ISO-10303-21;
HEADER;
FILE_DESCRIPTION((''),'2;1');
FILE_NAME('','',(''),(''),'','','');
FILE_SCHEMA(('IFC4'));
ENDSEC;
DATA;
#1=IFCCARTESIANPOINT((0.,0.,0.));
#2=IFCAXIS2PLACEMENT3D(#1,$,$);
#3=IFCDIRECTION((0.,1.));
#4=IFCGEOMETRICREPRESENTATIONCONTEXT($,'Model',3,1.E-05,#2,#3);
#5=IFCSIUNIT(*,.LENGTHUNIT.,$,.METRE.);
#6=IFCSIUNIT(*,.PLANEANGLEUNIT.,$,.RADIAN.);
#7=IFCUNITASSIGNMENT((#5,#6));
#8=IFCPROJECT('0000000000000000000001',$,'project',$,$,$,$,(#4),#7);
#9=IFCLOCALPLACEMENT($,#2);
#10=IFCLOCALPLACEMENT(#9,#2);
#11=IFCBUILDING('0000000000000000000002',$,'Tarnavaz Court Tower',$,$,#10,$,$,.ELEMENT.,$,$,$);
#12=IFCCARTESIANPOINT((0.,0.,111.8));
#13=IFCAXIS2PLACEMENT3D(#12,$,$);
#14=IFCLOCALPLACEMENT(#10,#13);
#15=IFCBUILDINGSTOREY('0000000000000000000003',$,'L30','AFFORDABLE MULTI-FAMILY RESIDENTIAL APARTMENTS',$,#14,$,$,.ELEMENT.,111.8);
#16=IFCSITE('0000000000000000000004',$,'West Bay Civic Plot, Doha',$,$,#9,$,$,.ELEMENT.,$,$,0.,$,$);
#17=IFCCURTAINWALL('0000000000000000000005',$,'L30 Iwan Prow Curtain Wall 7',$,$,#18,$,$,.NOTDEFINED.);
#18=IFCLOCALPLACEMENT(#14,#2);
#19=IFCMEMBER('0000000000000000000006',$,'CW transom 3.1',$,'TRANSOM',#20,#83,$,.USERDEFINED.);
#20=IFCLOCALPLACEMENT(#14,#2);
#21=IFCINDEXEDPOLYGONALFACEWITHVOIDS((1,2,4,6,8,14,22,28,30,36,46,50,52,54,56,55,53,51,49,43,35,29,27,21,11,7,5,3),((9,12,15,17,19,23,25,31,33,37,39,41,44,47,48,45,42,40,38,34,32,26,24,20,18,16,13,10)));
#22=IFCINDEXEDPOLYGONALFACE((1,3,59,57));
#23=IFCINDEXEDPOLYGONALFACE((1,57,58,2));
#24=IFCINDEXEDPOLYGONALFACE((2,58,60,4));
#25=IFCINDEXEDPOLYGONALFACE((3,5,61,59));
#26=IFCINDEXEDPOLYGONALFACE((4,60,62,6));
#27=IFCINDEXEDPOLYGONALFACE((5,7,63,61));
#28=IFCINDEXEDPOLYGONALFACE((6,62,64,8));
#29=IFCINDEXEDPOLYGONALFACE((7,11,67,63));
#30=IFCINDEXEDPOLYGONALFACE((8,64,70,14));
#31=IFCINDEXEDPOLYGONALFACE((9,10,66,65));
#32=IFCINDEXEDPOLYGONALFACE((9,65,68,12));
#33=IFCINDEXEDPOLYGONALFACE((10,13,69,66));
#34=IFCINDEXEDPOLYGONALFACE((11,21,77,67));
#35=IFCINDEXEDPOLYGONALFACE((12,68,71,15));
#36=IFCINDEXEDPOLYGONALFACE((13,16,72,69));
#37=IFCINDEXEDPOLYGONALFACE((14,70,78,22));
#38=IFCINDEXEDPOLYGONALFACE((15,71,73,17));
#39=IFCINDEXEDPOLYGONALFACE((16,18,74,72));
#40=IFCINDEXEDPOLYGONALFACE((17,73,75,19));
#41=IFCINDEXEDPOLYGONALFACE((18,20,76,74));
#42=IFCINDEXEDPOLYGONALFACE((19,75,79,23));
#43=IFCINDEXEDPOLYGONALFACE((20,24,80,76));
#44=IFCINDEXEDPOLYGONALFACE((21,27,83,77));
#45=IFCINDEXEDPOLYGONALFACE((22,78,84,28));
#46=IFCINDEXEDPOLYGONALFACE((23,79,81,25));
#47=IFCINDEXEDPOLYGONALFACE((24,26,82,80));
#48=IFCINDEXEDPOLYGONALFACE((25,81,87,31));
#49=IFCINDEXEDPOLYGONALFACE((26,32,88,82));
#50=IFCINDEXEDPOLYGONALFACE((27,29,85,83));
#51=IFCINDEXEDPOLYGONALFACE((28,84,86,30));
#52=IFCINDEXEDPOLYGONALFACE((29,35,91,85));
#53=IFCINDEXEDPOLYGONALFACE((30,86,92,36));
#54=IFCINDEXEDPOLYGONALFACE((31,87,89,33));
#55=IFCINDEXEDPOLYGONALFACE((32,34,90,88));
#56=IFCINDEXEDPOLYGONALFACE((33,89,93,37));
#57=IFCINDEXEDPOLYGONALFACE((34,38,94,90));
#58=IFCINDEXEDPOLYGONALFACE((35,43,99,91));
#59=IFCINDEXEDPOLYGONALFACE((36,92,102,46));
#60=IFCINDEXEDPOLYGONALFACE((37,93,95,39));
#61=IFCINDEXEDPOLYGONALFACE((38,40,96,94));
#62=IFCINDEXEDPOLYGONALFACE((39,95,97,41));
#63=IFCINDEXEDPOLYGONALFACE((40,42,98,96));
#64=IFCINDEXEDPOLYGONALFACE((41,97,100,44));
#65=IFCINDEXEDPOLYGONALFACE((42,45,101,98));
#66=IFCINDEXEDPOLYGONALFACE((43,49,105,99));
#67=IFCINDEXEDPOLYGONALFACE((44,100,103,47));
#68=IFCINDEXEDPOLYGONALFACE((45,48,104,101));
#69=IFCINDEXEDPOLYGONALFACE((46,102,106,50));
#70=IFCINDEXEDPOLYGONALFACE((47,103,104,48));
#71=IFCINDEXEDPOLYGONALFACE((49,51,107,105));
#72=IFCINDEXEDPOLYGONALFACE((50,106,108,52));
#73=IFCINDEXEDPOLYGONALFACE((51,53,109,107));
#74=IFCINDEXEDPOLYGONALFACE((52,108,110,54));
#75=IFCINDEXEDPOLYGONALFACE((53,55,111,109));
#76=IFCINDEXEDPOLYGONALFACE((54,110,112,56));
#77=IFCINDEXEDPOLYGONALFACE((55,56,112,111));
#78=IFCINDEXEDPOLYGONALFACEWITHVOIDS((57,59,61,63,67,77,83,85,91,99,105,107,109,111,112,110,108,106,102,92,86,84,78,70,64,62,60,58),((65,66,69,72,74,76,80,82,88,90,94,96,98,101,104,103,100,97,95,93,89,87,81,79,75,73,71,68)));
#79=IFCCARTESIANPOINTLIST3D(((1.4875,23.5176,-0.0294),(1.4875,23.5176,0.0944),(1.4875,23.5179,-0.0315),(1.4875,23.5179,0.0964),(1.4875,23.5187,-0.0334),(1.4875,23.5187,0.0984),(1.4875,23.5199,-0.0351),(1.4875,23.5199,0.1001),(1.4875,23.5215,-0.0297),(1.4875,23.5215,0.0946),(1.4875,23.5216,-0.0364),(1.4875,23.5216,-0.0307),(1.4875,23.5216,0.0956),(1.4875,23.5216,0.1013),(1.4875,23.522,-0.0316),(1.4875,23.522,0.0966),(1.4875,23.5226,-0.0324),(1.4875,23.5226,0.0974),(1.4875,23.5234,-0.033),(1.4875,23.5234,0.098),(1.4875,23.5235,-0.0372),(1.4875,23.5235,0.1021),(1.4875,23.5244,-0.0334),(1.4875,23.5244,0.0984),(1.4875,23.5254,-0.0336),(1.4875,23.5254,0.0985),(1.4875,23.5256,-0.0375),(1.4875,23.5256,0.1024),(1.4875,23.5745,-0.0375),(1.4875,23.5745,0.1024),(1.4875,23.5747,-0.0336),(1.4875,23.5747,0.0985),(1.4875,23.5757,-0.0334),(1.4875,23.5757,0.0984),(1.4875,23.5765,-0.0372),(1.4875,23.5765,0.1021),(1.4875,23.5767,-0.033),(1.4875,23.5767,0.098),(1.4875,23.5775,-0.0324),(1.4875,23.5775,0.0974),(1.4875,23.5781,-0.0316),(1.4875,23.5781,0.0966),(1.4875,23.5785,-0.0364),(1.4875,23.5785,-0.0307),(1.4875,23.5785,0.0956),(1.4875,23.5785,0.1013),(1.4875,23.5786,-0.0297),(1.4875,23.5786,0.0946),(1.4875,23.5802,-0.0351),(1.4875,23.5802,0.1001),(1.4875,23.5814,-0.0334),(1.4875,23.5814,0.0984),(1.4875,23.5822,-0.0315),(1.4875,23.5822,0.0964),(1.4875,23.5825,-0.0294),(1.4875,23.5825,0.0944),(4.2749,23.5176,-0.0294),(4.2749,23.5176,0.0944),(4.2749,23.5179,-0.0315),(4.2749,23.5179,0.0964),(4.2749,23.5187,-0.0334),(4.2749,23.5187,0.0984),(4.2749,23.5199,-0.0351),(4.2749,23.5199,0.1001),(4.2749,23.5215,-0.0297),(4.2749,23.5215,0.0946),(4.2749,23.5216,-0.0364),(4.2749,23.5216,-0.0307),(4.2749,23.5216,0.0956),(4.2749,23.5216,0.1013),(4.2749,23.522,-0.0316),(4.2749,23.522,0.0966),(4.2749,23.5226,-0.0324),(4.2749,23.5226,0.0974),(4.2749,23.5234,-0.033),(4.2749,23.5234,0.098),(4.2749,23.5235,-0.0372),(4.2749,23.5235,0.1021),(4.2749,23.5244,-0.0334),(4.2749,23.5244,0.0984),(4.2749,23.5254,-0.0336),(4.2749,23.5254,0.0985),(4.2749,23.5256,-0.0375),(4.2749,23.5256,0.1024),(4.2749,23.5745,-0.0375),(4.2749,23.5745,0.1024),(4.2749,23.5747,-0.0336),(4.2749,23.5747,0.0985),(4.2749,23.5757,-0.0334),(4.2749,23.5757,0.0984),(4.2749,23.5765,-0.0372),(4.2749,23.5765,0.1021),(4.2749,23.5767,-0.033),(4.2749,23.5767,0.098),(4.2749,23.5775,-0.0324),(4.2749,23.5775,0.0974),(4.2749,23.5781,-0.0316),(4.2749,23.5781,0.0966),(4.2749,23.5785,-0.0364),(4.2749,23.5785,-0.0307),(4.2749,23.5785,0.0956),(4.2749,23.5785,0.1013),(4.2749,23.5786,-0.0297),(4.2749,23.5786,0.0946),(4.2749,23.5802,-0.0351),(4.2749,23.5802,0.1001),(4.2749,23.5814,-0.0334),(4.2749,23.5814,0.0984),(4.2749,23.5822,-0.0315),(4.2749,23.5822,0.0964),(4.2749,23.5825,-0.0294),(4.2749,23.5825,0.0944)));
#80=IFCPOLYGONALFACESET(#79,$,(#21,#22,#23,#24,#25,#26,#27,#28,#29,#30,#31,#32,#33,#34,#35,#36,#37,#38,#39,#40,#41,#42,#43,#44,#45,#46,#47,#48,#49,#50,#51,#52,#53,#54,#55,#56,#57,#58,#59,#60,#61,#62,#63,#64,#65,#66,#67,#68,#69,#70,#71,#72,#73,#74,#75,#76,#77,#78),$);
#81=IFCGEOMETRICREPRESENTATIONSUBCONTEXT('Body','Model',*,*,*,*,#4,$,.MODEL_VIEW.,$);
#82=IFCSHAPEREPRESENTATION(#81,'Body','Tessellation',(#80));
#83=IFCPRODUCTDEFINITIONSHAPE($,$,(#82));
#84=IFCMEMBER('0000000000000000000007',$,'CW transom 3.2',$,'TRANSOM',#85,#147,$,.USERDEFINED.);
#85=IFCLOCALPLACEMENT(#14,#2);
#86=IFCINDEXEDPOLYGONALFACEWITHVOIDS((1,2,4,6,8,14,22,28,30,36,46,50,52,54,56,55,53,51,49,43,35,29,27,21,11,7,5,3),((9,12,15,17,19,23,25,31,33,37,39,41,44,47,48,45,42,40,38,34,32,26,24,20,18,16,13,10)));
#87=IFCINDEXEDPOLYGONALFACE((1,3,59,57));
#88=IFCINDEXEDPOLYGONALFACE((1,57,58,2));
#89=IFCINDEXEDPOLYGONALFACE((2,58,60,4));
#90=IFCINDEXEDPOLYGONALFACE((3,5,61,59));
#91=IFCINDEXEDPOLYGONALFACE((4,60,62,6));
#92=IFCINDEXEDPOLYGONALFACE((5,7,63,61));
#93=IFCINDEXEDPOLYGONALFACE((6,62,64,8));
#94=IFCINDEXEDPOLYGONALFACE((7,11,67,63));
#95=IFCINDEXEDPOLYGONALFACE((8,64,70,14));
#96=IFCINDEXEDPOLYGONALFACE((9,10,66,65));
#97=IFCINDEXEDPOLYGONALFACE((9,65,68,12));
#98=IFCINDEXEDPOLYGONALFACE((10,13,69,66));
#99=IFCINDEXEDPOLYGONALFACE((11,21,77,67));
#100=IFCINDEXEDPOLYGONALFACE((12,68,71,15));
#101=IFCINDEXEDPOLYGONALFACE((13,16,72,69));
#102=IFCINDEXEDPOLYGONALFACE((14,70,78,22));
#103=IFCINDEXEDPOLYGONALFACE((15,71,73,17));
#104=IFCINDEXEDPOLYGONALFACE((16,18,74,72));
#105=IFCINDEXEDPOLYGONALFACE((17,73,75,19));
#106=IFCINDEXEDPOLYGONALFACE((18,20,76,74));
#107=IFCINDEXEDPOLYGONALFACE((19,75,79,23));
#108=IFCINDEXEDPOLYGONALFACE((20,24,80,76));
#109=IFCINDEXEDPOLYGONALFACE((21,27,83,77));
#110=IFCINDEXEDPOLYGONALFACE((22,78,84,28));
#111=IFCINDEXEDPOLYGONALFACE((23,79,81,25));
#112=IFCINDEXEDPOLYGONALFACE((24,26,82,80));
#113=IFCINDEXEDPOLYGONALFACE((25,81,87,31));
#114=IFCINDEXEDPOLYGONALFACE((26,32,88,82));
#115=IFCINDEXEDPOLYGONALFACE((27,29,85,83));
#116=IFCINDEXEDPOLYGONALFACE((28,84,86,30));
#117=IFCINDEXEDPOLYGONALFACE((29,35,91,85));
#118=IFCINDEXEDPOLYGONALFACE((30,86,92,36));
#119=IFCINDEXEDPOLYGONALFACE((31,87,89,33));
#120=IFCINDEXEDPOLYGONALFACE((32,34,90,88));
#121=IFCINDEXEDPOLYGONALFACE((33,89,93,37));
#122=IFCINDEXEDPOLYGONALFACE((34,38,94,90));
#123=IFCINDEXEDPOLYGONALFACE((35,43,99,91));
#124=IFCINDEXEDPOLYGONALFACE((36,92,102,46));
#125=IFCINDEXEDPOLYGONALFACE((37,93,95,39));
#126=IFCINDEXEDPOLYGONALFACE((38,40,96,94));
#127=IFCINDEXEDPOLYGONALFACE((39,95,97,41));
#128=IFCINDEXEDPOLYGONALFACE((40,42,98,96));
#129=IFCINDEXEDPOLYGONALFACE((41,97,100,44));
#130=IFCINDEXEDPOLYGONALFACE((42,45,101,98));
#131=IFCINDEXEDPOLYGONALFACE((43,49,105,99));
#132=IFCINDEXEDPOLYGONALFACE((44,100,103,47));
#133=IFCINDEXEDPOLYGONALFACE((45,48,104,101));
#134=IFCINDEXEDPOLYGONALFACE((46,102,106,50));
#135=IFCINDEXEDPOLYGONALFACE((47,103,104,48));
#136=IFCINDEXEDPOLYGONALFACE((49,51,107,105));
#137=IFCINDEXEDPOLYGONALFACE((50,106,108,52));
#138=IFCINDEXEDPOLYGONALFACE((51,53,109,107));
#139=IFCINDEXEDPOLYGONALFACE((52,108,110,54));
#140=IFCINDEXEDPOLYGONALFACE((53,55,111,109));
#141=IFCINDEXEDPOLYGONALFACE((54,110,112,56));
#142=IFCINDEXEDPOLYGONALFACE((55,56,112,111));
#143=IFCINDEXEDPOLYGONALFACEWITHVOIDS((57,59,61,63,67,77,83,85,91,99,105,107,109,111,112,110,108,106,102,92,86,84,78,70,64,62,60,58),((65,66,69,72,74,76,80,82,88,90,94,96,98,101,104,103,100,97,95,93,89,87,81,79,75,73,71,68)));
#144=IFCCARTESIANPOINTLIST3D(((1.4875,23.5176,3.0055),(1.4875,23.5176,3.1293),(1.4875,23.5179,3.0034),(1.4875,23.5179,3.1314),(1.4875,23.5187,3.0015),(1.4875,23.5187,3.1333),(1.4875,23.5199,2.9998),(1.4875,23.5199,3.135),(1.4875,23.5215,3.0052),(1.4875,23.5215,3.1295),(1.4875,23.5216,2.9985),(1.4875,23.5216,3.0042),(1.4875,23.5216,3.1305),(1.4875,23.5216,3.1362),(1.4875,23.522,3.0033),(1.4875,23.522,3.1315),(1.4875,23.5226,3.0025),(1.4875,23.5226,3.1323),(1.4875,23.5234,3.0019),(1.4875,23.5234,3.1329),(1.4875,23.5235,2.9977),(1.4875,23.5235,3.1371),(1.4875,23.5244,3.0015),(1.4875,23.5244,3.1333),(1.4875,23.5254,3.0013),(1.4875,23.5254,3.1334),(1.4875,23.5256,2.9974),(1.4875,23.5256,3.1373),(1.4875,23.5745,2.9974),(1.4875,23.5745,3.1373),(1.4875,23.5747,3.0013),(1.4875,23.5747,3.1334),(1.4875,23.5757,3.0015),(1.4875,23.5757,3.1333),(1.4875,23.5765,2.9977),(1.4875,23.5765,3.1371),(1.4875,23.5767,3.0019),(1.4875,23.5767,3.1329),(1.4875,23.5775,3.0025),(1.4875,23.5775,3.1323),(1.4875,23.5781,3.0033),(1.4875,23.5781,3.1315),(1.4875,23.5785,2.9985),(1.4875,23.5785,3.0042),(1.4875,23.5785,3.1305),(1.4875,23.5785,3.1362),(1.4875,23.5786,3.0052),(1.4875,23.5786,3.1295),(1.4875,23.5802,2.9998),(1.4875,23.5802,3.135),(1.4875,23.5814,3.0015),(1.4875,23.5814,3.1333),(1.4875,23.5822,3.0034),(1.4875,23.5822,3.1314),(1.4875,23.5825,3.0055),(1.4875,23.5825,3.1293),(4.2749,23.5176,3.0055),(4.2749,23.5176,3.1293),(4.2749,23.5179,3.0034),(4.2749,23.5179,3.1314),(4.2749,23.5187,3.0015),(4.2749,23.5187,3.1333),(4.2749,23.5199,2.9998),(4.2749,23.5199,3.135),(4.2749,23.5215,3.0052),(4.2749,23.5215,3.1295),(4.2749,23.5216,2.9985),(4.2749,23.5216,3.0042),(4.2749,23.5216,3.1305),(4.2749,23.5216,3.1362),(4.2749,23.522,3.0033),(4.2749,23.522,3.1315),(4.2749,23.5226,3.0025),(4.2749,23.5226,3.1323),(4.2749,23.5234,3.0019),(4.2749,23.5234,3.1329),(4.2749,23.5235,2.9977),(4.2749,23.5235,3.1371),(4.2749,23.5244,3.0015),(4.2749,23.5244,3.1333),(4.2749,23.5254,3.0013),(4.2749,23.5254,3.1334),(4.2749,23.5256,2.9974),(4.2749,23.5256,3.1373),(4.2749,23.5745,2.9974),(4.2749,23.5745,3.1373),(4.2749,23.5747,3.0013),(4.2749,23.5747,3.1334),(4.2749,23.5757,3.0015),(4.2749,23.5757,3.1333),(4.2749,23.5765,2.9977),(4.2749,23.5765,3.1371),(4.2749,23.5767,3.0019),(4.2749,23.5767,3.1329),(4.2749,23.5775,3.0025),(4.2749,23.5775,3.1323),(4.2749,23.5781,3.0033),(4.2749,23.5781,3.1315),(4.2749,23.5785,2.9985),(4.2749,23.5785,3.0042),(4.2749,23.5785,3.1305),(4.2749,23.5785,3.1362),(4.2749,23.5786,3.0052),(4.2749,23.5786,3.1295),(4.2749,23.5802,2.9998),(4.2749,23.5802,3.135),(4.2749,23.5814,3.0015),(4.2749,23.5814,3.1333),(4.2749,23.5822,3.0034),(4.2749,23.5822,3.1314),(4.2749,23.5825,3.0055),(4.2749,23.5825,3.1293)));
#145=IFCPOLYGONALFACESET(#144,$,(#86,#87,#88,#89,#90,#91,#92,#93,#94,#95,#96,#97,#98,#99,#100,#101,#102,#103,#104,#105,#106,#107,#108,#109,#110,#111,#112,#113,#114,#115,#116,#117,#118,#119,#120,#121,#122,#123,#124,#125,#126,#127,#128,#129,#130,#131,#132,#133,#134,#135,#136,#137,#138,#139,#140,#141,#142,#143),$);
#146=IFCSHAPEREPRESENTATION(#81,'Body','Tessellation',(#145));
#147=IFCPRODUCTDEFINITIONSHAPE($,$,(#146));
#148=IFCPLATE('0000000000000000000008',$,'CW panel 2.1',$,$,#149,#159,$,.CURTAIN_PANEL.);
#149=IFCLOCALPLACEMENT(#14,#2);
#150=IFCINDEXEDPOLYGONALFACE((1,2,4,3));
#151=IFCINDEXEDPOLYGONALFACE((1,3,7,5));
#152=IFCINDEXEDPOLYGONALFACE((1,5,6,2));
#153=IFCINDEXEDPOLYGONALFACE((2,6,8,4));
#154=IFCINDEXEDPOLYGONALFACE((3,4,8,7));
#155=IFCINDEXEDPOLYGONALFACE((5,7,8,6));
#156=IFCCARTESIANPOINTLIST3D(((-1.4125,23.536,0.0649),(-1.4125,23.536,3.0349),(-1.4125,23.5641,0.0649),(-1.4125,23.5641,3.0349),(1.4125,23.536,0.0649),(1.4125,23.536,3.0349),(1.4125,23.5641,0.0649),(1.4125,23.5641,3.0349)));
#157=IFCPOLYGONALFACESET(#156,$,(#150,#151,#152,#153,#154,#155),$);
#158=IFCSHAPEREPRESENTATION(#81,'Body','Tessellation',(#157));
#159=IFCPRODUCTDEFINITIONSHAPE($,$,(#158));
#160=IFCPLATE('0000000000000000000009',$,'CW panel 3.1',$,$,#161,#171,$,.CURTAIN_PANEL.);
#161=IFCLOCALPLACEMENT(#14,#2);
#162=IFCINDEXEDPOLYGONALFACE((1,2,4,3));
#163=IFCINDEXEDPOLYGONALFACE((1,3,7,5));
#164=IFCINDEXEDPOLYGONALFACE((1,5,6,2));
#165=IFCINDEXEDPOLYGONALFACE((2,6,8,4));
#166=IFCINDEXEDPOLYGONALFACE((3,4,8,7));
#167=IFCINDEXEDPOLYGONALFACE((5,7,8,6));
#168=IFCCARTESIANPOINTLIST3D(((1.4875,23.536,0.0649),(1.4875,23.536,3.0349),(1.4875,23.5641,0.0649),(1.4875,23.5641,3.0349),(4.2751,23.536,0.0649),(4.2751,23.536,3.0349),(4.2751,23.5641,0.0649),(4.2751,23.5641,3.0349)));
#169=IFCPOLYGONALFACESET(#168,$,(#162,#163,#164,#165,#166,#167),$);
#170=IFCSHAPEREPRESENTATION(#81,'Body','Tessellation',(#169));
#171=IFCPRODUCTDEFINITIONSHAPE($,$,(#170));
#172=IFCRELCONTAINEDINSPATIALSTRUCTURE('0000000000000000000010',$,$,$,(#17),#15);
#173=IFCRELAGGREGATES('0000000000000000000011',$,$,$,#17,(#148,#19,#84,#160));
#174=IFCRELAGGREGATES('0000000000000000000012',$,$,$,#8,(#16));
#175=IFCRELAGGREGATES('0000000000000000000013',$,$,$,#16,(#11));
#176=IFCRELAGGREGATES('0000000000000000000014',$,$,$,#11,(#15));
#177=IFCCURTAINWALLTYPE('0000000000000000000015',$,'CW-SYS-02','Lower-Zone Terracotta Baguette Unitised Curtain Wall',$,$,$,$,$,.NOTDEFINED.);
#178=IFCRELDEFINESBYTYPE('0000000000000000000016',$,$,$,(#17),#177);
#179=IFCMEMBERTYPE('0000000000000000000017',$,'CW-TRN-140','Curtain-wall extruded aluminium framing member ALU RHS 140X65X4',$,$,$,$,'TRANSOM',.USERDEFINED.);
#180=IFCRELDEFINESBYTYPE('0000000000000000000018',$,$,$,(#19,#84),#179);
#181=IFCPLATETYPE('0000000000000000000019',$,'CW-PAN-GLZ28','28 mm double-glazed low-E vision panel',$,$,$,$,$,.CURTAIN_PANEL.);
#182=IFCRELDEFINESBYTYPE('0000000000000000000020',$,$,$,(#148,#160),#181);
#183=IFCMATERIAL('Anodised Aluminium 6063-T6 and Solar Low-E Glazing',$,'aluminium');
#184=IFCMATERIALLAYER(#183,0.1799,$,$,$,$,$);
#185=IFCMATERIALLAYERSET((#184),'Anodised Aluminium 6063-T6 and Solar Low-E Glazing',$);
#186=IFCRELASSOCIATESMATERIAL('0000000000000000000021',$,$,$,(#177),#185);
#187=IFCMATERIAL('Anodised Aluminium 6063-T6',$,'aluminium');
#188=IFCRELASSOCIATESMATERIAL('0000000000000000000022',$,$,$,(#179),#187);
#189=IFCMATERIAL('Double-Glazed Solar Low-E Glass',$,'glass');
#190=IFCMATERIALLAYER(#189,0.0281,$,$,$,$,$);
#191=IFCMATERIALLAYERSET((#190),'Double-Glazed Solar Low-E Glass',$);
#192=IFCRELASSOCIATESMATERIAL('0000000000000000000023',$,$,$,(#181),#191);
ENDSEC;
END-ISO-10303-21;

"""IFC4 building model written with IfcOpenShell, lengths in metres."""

from ifc_helpers import new_model, si_unit, direction, frame, origin, origin_2d, place, context, subcontext, project, spatial, rectangle, hollow_rectangle, extrude, material, layer, layer_set, material_profile, profile_set, type_object, element, aggregate, save


model = new_model("IFC4")

# Units and contexts
model_context = context("Model", 3, precision=1e-05, world=origin(), true_north=direction((0.0, 1.0)))
body_context = subcontext(model_context, "Body", "Model", "MODEL_VIEW")
ifc_project = project(units=[si_unit("LENGTHUNIT", "METRE"), si_unit("PLANEANGLEUNIT", "RADIAN")], contexts=[model_context])

# Site, building, storey
site_placement = place(None, origin())
site = spatial("IfcSite", under=ifc_project, at=site_placement, Name="West Bay Civic Plot, Doha", CompositionType="ELEMENT", RefElevation=0.0)
building_placement = place(site_placement, origin())
building = spatial("IfcBuilding", under=site, at=building_placement, Name="Tarnavaz Court Tower", CompositionType="ELEMENT")
storey_placement = place(building_placement, frame((0.0, 0.0, 111.8)))
storey = spatial("IfcBuildingStorey", under=building, at=storey_placement, Name="L30", Description="AFFORDABLE MULTI-FAMILY RESIDENTIAL APARTMENTS", CompositionType="ELEMENT", Elevation=111.8)

# Curtain wall, members, plates
ifc_material_1 = material(Name="Anodised Aluminium 6063-T6 and Solar Low-E Glazing", Category="aluminium")
ifc_layer_1 = layer(ifc_material_1, 0.1799)
ifc_layer_set_1 = layer_set([ifc_layer_1], Name="Anodised Aluminium 6063-T6 and Solar Low-E Glazing")
curtain_wall_type = type_object("IfcCurtainWallType", Name="CW-SYS-02", Description="Lower-Zone Terracotta Baguette Unitised Curtain Wall", PredefinedType="NOTDEFINED", material=ifc_layer_set_1)
curtain_wall_placement = place(storey_placement, origin())
curtain_wall = element("IfcCurtainWall", 1, at=curtain_wall_placement, inside=storey, type_object=curtain_wall_type, Name="L30 Iwan Prow Curtain Wall 7", PredefinedType="NOTDEFINED")
ifc_material_2 = material(Name="Anodised Aluminium 6063-T6", Category="aluminium")
ifc_material_profile_1 = material_profile(ifc_material_2, hollow_rectangle(XDim=0.0649, YDim=0.1399, WallThickness=0.0039, InnerFilletRadius=0.0039, OuterFilletRadius=0.0081, at=origin_2d()), Name="ALU RHS 140X65X4")
ifc_profile_set_1 = profile_set([ifc_material_profile_1], Name="Anodised Aluminium 6063-T6")
member_type_1 = type_object("IfcMemberType", Name="CW-TRN-140", Description="Curtain-wall extruded aluminium framing member ALU RHS 140X65X4", ElementType="TRANSOM", PredefinedType="USERDEFINED", material=ifc_profile_set_1)
member_1_placement = place(storey_placement, frame((1.4875, 23.55, 0.0325), z_axis=(1.0, 0.0, 0.0), x_axis=(0.0, 1.0, 0.0)))
member_1 = element("IfcMember", 2, at=member_1_placement, type_object=member_type_1, Name="CW transom 3.1", ObjectType="TRANSOM", PredefinedType="USERDEFINED", context=body_context, shape_type="SweptSolid", body=[
    extrude(hollow_rectangle(XDim=0.0649, YDim=0.1399, WallThickness=0.0039, InnerFilletRadius=0.0039, OuterFilletRadius=0.0081, at=origin_2d()), origin(), (0.0, 0.0, 1.0), 2.7874),
])
member_2_placement = place(storey_placement, frame((1.4875, 23.55, 3.0674), z_axis=(1.0, 0.0, 0.0), x_axis=(0.0, 1.0, 0.0)))
member_2 = element("IfcMember", 3, at=member_2_placement, type_object=member_type_1, Name="CW transom 3.2", ObjectType="TRANSOM", PredefinedType="USERDEFINED", context=body_context, shape_type="SweptSolid", body=[
    extrude(hollow_rectangle(XDim=0.0649, YDim=0.1399, WallThickness=0.0039, InnerFilletRadius=0.0039, OuterFilletRadius=0.0081, at=origin_2d()), origin(), (0.0, 0.0, 1.0), 2.7874),
])
ifc_material_3 = material(Name="Double-Glazed Solar Low-E Glass", Category="glass")
ifc_layer_2 = layer(ifc_material_3, 0.0281)
ifc_layer_set_2 = layer_set([ifc_layer_2], Name="Double-Glazed Solar Low-E Glass")
plate_type = type_object("IfcPlateType", Name="CW-PAN-GLZ28", Description="28 mm double-glazed low-E vision panel", PredefinedType="CURTAIN_PANEL", material=ifc_layer_set_2)
plate_1_placement = place(storey_placement, frame((0.0, 23.55, 0.0649), z_axis=(0.0, 0.0, 1.0), x_axis=(1.0, 0.0, 0.0)))
plate_1 = element("IfcPlate", 4, at=plate_1_placement, type_object=plate_type, Name="CW panel 2.1", PredefinedType="CURTAIN_PANEL", context=body_context, shape_type="SweptSolid", body=[
    extrude(rectangle(XDim=2.825, YDim=0.0281, at=origin_2d()), origin(), (0.0, 0.0, 1.0), 2.97),
])
plate_2_placement = place(storey_placement, frame((2.8813, 23.55, 0.0649), z_axis=(0.0, 0.0, 1.0), x_axis=(1.0, 0.0, 0.0)))
plate_2 = element("IfcPlate", 5, at=plate_2_placement, type_object=plate_type, Name="CW panel 3.1", PredefinedType="CURTAIN_PANEL", context=body_context, shape_type="SweptSolid", body=[
    extrude(rectangle(XDim=2.7876, YDim=0.0281, at=origin_2d()), origin(), (0.0, 0.0, 1.0), 2.97),
])
aggregate(curtain_wall, [plate_1, member_1, member_2, plate_2])

save(model, "model.ifc")
